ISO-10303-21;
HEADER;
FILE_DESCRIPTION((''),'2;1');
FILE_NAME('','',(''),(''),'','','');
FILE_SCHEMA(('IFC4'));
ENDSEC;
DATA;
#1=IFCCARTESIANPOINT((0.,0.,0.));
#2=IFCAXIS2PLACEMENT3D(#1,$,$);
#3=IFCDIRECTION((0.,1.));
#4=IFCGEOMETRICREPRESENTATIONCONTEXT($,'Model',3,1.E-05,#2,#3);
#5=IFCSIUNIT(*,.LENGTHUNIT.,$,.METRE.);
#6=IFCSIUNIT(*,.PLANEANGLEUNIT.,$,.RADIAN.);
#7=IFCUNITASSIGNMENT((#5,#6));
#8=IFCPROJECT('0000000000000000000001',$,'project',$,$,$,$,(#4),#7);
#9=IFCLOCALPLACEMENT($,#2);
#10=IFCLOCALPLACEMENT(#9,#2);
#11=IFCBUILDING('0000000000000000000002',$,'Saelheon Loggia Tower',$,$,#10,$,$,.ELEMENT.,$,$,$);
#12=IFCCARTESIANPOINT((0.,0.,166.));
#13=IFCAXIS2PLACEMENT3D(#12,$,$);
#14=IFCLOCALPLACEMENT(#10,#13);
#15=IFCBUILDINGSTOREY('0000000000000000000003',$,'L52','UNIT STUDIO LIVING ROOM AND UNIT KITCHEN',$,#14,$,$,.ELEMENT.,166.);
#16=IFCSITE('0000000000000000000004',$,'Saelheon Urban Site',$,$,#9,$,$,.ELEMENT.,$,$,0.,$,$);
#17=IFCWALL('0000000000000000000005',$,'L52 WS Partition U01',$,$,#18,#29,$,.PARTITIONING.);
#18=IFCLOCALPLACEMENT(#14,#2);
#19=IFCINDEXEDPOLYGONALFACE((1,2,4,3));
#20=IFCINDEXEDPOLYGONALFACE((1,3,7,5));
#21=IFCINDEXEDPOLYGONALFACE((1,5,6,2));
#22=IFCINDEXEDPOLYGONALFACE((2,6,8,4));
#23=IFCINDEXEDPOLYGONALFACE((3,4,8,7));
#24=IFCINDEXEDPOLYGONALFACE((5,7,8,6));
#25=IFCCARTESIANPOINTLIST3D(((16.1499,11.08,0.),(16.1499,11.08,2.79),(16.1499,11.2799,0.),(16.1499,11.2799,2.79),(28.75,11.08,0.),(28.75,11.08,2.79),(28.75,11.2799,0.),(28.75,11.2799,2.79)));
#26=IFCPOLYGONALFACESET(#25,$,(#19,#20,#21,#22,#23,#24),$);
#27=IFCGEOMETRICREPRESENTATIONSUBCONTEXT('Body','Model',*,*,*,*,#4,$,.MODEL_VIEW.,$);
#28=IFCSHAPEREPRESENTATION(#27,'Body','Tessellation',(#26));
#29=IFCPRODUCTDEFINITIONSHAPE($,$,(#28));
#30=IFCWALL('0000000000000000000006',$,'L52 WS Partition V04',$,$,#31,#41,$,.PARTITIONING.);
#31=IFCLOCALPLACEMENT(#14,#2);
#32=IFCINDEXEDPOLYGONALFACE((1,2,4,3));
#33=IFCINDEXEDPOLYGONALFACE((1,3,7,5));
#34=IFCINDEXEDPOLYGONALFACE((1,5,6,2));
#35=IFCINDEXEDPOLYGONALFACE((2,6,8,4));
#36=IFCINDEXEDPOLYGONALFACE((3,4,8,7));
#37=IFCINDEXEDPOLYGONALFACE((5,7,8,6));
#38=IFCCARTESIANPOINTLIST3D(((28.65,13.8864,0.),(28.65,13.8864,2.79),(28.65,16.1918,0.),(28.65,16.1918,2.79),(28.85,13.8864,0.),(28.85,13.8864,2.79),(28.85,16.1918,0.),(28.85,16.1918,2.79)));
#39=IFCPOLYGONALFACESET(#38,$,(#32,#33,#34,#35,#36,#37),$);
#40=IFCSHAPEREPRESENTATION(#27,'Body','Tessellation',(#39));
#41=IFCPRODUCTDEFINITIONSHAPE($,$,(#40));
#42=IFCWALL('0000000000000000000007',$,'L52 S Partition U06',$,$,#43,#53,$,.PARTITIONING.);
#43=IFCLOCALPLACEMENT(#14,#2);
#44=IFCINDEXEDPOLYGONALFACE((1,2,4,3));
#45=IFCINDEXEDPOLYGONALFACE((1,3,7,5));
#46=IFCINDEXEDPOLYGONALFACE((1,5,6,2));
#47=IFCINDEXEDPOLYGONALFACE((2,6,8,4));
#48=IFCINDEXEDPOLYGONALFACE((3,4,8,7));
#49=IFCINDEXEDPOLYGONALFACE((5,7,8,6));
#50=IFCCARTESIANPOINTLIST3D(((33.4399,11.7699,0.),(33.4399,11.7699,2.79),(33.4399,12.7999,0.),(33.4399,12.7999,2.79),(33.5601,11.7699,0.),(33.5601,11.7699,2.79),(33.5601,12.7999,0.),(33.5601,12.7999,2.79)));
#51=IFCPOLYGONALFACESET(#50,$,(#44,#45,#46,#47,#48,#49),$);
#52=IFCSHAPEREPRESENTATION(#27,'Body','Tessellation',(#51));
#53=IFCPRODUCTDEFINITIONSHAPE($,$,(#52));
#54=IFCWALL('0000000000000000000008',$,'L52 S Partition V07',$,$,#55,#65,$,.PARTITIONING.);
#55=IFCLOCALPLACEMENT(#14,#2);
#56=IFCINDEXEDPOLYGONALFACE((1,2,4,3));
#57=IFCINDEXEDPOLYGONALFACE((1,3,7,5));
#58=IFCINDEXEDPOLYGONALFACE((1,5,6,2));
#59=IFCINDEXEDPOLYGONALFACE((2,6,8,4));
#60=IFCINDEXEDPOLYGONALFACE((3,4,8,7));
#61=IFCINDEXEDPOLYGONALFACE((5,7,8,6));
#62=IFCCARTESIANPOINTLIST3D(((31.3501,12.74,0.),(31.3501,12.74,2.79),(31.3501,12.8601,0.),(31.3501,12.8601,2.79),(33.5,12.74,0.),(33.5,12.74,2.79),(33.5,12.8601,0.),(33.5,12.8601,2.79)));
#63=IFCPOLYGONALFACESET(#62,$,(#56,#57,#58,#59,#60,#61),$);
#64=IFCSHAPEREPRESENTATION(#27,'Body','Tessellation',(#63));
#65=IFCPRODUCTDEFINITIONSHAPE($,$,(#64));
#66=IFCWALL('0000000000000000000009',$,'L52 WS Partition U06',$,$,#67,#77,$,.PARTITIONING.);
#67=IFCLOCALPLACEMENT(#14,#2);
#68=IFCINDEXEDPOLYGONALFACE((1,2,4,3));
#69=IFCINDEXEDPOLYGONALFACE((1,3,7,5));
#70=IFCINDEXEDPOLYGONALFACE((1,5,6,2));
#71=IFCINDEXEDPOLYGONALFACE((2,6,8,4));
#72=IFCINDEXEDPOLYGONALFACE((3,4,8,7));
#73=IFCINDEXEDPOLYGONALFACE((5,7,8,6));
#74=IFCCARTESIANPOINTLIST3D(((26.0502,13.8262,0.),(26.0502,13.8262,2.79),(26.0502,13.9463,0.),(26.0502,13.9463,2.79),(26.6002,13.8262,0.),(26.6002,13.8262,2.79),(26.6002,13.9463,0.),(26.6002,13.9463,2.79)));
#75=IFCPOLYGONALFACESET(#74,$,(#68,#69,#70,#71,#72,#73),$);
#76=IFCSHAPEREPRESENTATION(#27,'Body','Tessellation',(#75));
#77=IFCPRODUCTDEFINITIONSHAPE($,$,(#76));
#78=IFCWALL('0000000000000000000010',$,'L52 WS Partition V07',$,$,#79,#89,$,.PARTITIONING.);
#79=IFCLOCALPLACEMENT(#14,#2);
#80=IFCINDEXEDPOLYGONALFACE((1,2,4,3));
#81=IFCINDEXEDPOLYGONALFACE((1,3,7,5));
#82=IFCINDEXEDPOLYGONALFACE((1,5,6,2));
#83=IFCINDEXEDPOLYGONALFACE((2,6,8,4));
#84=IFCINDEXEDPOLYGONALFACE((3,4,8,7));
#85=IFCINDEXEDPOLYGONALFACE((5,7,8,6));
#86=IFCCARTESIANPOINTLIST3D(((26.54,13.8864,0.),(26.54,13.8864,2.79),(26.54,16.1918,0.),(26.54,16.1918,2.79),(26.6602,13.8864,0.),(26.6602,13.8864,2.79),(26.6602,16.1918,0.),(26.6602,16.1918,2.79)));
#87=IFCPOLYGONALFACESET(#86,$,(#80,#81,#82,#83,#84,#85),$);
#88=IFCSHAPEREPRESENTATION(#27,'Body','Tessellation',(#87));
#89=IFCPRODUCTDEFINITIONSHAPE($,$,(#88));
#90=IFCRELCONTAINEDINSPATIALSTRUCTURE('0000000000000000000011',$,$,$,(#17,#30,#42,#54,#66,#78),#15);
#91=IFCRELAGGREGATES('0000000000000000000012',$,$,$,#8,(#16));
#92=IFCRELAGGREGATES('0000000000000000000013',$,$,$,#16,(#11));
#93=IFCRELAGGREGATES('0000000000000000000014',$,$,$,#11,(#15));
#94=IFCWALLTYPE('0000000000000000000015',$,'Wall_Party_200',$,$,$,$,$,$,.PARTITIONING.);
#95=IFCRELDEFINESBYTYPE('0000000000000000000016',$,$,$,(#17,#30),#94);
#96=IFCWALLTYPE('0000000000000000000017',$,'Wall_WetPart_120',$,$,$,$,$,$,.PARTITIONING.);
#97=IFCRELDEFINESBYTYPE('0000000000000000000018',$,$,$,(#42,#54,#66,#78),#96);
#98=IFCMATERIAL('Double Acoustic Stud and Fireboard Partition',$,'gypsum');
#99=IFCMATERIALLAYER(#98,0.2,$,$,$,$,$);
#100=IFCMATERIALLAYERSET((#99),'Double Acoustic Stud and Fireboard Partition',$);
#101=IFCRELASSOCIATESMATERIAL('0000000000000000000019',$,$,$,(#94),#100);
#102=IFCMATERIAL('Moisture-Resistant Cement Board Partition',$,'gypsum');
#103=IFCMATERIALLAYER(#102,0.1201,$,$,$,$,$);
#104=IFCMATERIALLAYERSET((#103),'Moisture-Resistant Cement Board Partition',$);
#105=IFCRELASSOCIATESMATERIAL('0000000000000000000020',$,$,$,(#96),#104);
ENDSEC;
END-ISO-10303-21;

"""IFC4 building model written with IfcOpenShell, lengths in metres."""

from ifc_helpers import new_model, si_unit, direction, frame, frame_2d, origin, place, context, subcontext, project, spatial, rectangle, extrude, material, layer, layer_set, type_object, element, save


model = new_model("IFC4")

# Units and contexts
model_context = context("Model", 3, precision=1e-05, world=origin(), true_north=direction((0.0, 1.0)))
body_context = subcontext(model_context, "Body", "Model", "MODEL_VIEW")
ifc_project = project(units=[si_unit("LENGTHUNIT", "METRE"), si_unit("PLANEANGLEUNIT", "RADIAN")], contexts=[model_context])

# Site, building, storey
site_placement = place(None, origin())
site = spatial("IfcSite", under=ifc_project, at=site_placement, Name="Saelheon Urban Site", CompositionType="ELEMENT", RefElevation=0.0)
building_placement = place(site_placement, origin())
building = spatial("IfcBuilding", under=site, at=building_placement, Name="Saelheon Loggia Tower", CompositionType="ELEMENT")
storey_placement = place(building_placement, frame((0.0, 0.0, 166.0)))
storey = spatial("IfcBuildingStorey", under=building, at=storey_placement, Name="L52", Description="UNIT STUDIO LIVING ROOM AND UNIT KITCHEN", CompositionType="ELEMENT", Elevation=166.0)

# Wall
ifc_material_1 = material(Name="Double Acoustic Stud and Fireboard Partition", Category="gypsum")
ifc_layer_1 = layer(ifc_material_1, 0.2)
ifc_layer_set_1 = layer_set([ifc_layer_1], Name="Double Acoustic Stud and Fireboard Partition")
wall_type_1 = type_object("IfcWallType", Name="Wall_Party_200", PredefinedType="PARTITIONING", material=ifc_layer_set_1)
wall_1_placement = place(storey_placement, frame((28.75, 11.1799, 0.0), z_axis=(0.0, 0.0, 1.0), x_axis=(-1.0, 0.0, 0.0)))
element("IfcWall", 1, at=wall_1_placement, inside=storey, type_object=wall_type_1, Name="L52 WS Partition U01", PredefinedType="PARTITIONING", context=body_context, shape_type="SweptSolid", body=[
    extrude(rectangle(XDim=12.6001, YDim=0.2, at=frame_2d((6.3, 0.0))), origin(), (0.0, 0.0, 1.0), 2.79),
])

# Walls
wall_2_placement = place(storey_placement, frame((28.75, 13.8862, 0.0), z_axis=(0.0, 0.0, 1.0), x_axis=(0.0, 1.0, 0.0)))
element("IfcWall", 2, at=wall_2_placement, inside=storey, type_object=wall_type_1, Name="L52 WS Partition V04", PredefinedType="PARTITIONING", context=body_context, shape_type="SweptSolid", body=[
    extrude(rectangle(XDim=2.3054, YDim=0.2, at=frame_2d((1.1528, 0.0))), origin(), (0.0, 0.0, 1.0), 2.79),
])
ifc_material_2 = material(Name="Moisture-Resistant Cement Board Partition", Category="gypsum")
ifc_layer_2 = layer(ifc_material_2, 0.1201)
ifc_layer_set_2 = layer_set([ifc_layer_2], Name="Moisture-Resistant Cement Board Partition")
wall_type_2 = type_object("IfcWallType", Name="Wall_WetPart_120", PredefinedType="PARTITIONING", material=ifc_layer_set_2)
wall_3_placement = place(storey_placement, frame((33.5, 12.8, 0.0), z_axis=(0.0, 0.0, 1.0), x_axis=(0.0, -1.0, 0.0)))
element("IfcWall", 3, at=wall_3_placement, inside=storey, type_object=wall_type_2, Name="L52 S Partition U06", PredefinedType="PARTITIONING", context=body_context, shape_type="SweptSolid", body=[
    extrude(rectangle(XDim=1.03, YDim=0.1201, at=frame_2d((0.5151, 0.0))), origin(), (0.0, 0.0, 1.0), 2.79),
])
wall_4_placement = place(storey_placement, frame((31.3501, 12.8, 0.0), z_axis=(0.0, 0.0, 1.0), x_axis=(1.0, 0.0, 0.0)))
element("IfcWall", 4, at=wall_4_placement, inside=storey, type_object=wall_type_2, Name="L52 S Partition V07", PredefinedType="PARTITIONING", context=body_context, shape_type="SweptSolid", body=[
    extrude(rectangle(XDim=2.1499, YDim=0.1201, at=frame_2d((1.075, 0.0))), origin(), (0.0, 0.0, 1.0), 2.79),
])
wall_5_placement = place(storey_placement, frame((26.6001, 13.8862, 0.0), z_axis=(0.0, 0.0, 1.0), x_axis=(-1.0, 0.0, 0.0)))
element("IfcWall", 5, at=wall_5_placement, inside=storey, type_object=wall_type_2, Name="L52 WS Partition U06", PredefinedType="PARTITIONING", context=body_context, shape_type="SweptSolid", body=[
    extrude(rectangle(XDim=0.55, YDim=0.1201, at=frame_2d((0.2749, 0.0))), origin(), (0.0, 0.0, 1.0), 2.79),
])
wall_6_placement = place(storey_placement, frame((26.6001, 13.8862, 0.0), z_axis=(0.0, 0.0, 1.0), x_axis=(0.0, 1.0, 0.0)))
element("IfcWall", 6, at=wall_6_placement, inside=storey, type_object=wall_type_2, Name="L52 WS Partition V07", PredefinedType="PARTITIONING", context=body_context, shape_type="SweptSolid", body=[
    extrude(rectangle(XDim=2.3054, YDim=0.1201, at=frame_2d((1.1528, 0.0))), origin(), (0.0, 0.0, 1.0), 2.79),
])

save(model, "model.ifc")
